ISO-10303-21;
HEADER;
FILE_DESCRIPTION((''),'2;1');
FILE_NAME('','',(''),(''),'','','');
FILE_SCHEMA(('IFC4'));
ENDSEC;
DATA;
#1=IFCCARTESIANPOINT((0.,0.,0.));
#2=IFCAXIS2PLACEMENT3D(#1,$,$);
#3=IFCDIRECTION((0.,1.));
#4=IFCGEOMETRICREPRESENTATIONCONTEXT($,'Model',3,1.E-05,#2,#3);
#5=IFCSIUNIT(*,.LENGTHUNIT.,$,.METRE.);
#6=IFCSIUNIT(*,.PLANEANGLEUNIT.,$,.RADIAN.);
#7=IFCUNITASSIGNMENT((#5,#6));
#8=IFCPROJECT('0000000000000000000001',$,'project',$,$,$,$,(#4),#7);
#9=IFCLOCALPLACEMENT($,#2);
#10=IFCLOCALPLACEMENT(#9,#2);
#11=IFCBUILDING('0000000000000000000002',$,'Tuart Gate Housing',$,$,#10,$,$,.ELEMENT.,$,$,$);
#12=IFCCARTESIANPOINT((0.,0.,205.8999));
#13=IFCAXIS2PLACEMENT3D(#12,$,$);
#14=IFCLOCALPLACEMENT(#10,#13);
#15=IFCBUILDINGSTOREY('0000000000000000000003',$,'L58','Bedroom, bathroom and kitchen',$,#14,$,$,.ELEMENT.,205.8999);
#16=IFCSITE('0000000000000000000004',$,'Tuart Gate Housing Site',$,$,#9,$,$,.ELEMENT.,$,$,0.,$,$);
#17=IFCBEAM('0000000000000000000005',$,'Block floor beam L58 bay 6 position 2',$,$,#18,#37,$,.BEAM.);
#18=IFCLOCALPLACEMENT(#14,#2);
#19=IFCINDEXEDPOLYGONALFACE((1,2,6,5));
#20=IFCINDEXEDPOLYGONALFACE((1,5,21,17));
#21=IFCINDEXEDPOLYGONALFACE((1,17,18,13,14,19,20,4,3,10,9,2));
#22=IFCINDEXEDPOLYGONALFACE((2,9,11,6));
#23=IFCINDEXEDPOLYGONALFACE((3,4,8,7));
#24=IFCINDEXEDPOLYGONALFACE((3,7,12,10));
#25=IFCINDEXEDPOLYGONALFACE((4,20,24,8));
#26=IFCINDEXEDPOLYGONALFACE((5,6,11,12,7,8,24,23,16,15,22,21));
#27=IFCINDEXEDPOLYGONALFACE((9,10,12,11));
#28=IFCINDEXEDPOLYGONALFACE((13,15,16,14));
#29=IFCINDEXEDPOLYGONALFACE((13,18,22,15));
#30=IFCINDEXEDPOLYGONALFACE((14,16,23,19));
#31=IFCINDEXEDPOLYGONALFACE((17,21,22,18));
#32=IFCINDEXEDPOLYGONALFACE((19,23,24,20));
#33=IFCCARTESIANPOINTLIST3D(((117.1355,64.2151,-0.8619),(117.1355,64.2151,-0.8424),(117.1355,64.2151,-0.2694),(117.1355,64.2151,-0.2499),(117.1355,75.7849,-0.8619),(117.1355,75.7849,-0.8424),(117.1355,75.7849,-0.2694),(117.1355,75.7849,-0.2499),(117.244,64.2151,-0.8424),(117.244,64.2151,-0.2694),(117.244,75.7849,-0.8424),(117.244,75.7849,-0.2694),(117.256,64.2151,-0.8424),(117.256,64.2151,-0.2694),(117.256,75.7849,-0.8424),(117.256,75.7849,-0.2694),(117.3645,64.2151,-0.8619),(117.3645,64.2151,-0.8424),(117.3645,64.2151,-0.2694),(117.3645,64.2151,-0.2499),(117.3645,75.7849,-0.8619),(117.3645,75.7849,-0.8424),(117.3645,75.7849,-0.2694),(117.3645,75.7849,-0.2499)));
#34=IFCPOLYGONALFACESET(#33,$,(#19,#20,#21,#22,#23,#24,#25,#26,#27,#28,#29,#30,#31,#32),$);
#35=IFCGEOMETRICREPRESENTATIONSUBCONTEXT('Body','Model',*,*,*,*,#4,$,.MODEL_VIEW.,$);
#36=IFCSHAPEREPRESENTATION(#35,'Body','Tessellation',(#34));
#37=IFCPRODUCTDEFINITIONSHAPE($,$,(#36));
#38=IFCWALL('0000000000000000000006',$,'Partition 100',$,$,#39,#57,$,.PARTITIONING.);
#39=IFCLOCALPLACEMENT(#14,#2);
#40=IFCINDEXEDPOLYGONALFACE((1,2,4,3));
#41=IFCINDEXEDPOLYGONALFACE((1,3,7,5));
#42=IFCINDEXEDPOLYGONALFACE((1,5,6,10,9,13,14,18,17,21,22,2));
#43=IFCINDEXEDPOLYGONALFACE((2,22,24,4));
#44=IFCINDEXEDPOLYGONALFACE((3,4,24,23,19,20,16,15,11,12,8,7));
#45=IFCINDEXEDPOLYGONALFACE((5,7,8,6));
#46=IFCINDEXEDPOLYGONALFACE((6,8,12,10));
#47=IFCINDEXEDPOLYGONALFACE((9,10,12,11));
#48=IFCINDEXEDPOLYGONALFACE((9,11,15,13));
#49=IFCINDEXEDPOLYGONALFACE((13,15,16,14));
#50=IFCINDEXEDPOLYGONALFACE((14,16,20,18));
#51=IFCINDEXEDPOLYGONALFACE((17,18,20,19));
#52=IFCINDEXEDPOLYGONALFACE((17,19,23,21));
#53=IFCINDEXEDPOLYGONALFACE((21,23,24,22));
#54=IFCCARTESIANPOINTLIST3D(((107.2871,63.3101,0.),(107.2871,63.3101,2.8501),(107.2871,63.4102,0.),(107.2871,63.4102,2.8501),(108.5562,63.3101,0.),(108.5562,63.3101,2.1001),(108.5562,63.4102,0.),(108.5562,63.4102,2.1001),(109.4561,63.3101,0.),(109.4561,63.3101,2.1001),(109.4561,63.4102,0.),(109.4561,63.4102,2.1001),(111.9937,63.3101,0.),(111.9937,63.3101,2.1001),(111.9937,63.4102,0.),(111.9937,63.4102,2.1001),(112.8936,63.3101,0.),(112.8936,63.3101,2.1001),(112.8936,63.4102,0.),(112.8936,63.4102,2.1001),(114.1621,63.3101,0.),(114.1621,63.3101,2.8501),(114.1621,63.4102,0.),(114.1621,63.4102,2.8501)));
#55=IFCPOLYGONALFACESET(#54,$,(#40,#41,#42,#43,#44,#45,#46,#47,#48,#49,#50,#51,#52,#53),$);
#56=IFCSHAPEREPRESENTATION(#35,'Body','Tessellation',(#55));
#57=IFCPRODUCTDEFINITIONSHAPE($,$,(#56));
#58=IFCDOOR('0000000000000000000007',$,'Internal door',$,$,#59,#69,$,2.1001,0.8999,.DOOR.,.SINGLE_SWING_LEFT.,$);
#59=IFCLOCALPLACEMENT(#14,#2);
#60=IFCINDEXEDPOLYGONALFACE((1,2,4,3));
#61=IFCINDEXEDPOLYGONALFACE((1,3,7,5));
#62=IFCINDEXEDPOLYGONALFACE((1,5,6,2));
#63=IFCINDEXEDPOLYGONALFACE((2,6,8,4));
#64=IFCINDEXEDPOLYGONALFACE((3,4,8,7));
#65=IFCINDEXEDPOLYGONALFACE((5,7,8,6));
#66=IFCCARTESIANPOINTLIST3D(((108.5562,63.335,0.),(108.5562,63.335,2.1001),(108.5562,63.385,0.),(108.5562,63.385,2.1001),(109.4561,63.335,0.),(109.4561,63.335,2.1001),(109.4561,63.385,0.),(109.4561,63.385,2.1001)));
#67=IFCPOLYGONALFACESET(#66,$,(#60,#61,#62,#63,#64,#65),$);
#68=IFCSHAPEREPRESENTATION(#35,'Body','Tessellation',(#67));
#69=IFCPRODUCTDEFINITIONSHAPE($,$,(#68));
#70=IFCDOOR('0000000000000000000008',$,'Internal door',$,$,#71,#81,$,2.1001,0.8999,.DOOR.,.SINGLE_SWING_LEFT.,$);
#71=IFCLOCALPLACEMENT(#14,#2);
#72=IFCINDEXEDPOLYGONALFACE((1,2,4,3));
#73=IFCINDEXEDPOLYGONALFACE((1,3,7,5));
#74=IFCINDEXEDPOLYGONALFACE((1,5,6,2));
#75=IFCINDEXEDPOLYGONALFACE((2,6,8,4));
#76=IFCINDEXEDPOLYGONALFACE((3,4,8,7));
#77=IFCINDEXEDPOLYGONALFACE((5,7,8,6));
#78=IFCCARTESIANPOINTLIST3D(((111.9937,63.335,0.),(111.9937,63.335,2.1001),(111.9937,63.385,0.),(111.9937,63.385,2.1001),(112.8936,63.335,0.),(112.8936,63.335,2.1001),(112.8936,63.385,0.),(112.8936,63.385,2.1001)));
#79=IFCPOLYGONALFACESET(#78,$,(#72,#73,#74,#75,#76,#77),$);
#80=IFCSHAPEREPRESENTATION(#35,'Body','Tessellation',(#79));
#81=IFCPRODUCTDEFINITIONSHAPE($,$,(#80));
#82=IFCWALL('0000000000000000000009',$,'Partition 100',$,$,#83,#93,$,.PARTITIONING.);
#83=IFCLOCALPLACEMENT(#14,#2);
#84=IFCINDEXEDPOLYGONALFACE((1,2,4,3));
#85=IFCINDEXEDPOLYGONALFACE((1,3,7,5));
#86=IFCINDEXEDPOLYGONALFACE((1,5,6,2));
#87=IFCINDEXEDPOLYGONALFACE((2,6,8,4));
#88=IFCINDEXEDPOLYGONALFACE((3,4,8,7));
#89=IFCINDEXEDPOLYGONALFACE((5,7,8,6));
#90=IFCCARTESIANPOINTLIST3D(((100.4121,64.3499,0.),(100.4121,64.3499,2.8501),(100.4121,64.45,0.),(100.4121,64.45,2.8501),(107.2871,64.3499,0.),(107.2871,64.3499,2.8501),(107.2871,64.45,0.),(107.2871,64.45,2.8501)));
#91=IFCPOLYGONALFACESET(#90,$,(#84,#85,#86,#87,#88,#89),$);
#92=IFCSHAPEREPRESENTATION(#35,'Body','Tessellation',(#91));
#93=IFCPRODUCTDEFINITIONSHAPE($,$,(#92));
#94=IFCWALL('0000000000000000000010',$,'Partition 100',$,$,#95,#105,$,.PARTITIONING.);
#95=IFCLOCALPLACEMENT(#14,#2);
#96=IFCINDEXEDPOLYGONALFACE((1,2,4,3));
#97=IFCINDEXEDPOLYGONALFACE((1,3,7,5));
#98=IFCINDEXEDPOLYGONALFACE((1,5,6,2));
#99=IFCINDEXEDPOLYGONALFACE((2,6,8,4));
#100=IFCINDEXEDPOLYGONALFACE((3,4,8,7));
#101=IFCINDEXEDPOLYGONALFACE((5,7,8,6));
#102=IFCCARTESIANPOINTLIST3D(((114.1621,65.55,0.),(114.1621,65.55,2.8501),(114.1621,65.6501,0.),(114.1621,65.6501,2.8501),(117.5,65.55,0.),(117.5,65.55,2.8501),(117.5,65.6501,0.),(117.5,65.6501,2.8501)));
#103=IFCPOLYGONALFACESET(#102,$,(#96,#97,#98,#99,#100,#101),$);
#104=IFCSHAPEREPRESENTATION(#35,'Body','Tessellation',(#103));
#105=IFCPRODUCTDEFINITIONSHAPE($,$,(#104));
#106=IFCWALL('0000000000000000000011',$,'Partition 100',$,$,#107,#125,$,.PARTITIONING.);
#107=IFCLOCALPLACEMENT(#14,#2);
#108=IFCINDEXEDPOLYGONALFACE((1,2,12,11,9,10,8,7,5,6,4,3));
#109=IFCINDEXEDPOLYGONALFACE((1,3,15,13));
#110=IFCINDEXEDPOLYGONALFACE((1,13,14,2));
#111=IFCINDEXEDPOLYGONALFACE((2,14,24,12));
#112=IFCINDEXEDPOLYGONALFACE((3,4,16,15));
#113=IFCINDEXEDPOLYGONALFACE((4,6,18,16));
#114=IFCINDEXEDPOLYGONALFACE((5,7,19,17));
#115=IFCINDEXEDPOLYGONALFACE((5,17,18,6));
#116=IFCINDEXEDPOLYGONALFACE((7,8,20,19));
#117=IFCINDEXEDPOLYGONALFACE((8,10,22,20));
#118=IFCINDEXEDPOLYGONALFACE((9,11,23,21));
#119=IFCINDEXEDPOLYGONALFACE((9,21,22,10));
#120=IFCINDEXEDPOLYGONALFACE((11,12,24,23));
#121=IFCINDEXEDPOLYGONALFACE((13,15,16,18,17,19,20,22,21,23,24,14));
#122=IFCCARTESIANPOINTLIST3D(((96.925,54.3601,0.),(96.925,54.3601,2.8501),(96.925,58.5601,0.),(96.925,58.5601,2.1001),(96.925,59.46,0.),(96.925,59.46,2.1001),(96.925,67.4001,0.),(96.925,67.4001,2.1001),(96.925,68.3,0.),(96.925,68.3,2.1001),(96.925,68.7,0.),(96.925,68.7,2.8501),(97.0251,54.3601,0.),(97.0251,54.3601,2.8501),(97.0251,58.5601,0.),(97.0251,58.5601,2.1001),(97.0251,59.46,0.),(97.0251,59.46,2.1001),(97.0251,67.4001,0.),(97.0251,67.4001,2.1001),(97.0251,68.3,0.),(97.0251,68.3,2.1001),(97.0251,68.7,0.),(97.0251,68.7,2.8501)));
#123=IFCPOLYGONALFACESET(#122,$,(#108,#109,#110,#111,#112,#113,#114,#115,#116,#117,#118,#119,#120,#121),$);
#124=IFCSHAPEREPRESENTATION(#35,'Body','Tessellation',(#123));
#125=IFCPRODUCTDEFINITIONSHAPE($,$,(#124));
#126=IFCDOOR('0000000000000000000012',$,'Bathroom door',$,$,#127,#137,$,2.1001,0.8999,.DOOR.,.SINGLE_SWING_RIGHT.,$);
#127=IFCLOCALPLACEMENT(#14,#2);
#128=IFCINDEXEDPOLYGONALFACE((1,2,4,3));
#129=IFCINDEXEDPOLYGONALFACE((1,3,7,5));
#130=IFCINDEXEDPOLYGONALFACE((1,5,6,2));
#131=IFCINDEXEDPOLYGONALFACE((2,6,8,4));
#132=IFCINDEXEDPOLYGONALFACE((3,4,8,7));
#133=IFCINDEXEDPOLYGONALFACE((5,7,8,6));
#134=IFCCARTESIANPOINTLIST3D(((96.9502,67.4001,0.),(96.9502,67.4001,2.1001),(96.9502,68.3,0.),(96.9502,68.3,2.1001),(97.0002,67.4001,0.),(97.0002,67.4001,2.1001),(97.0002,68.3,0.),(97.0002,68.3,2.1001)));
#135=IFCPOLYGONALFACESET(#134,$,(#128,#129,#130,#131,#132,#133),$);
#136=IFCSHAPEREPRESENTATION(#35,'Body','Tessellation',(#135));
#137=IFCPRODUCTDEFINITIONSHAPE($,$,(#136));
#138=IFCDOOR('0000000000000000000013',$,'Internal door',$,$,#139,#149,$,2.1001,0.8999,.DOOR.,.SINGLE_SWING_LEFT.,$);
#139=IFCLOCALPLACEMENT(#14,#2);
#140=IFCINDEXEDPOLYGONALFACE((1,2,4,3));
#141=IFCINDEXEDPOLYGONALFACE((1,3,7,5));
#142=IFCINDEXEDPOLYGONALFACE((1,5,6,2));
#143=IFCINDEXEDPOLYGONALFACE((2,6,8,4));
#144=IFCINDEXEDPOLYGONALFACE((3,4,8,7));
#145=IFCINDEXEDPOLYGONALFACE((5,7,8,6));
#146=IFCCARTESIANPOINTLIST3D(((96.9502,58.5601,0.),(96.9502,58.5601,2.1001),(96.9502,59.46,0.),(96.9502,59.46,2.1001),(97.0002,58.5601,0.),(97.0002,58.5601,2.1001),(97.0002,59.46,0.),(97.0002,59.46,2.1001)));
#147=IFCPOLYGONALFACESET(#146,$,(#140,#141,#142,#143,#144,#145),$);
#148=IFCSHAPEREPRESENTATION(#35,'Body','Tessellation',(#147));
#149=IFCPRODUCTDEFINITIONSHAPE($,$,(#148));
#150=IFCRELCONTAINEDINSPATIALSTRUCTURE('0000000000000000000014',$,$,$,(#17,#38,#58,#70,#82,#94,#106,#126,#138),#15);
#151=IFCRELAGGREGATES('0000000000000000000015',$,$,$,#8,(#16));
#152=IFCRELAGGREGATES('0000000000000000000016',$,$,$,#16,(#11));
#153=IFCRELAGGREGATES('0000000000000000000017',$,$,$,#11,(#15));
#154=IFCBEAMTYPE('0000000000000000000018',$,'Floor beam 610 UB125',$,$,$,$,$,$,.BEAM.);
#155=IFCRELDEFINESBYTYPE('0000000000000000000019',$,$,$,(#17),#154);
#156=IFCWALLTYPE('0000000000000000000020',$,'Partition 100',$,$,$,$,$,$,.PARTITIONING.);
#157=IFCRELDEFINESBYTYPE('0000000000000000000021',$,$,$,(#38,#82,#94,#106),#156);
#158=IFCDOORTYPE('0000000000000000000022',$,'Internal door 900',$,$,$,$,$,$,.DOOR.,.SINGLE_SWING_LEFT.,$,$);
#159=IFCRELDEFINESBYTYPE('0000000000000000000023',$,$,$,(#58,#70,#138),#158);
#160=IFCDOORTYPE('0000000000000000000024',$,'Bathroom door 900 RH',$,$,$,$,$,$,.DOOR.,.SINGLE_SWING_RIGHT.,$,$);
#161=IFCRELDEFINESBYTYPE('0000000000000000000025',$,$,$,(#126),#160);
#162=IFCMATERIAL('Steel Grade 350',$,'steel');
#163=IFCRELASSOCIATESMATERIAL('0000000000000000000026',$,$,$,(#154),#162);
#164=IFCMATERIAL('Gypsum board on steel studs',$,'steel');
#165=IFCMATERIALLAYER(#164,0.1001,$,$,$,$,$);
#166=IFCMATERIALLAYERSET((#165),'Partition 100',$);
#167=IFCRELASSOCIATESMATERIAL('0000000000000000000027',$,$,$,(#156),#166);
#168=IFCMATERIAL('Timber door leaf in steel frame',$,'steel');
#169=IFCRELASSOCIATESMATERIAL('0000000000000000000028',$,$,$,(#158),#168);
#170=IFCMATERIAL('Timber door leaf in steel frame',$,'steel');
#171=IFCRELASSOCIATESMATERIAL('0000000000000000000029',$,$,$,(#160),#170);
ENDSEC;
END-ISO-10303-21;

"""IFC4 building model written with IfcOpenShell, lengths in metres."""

from ifc_helpers import new_model, si_unit, direction, frame, frame_2d, origin, origin_2d, place, context, subcontext, project, spatial, rectangle, i_section, extrude, material, layer, layer_set, material_profile, profile_set, type_object, element, fill, save


model = new_model("IFC4")

# Units and contexts
model_context = context("Model", 3, precision=1e-05, world=origin(), true_north=direction((0.0, 1.0)))
body_context = subcontext(model_context, "Body", "Model", "MODEL_VIEW")
ifc_project = project(units=[si_unit("LENGTHUNIT", "METRE"), si_unit("PLANEANGLEUNIT", "RADIAN")], contexts=[model_context])

# Site, building, storey
site_placement = place(None, origin())
site = spatial("IfcSite", under=ifc_project, at=site_placement, Name="Tuart Gate Housing Site", CompositionType="ELEMENT", RefElevation=0.0)
building_placement = place(site_placement, origin())
building = spatial("IfcBuilding", under=site, at=building_placement, Name="Tuart Gate Housing", CompositionType="ELEMENT")
storey_placement = place(building_placement, frame((0.0, 0.0, 205.8999)))
storey = spatial("IfcBuildingStorey", under=building, at=storey_placement, Name="L58", Description="Bedroom, bathroom and kitchen", CompositionType="ELEMENT", Elevation=205.8999)

# Beam
ifc_material_1 = material(Name="Steel Grade 350", Category="steel")
ifc_material_profile_1 = material_profile(ifc_material_1, i_section(OverallWidth=0.229, OverallDepth=0.6121, WebThickness=0.012, FlangeThickness=0.0195, at=origin_2d()), Name="610UB125")
ifc_profile_set_1 = profile_set([ifc_material_profile_1], Name="Steel Grade 350")
beam_type_1 = type_object("IfcBeamType", Name="Floor beam 610 UB125", PredefinedType="BEAM", material=ifc_profile_set_1)
for number, where, z_axis, x_axis, name in (
    (1, (117.25, 64.2151, -0.5559), (0.0, 1.0, 0.0), (-1.0, 0.0, 0.0), "Block floor beam L58 bay 6 position 2"),
):
    element("IfcBeam", number, at=place(storey_placement, frame(where, z_axis=z_axis, x_axis=x_axis)), inside=storey, type_object=beam_type_1, Name=name, PredefinedType="BEAM", context=body_context, shape_type="SweptSolid", body=[
        extrude(i_section(OverallWidth=0.229, OverallDepth=0.6121, WebThickness=0.012, FlangeThickness=0.0195, at=origin_2d()), origin(), (0.0, 0.0, 1.0), 11.5698),
    ])

# Wall, openings, doors
ifc_material_2 = material(Name="Gypsum board on steel studs", Category="steel")
ifc_layer_1 = layer(ifc_material_2, 0.1001)
ifc_layer_set_1 = layer_set([ifc_layer_1], Name="Partition 100")
wall_type_1 = type_object("IfcWallType", Name="Partition 100", PredefinedType="PARTITIONING", material=ifc_layer_set_1)
wall_1_placement = place(storey_placement, frame((107.2871, 63.3601, 0.0), z_axis=(0.0, 0.0, 1.0), x_axis=(1.0, 0.0, 0.0)))
wall_1 = element("IfcWall", 2, at=wall_1_placement, inside=storey, type_object=wall_type_1, Name="Partition 100", PredefinedType="PARTITIONING", context=body_context, shape_type="SweptSolid", body=[
    extrude(rectangle(XDim=6.875, YDim=0.1001, at=frame_2d((3.4375, 0.0))), origin(), (0.0, 0.0, 1.0), 2.8501),
])
opening_1_placement = place(wall_1_placement, frame((1.269, 0.0, 0.0)))
opening_1 = element("IfcOpeningElement", 3, at=opening_1_placement, cuts=wall_1, PredefinedType="OPENING", context=body_context, shape_type="SweptSolid", body=[
    extrude(rectangle(XDim=0.8999, YDim=2.1001, at=frame_2d((0.45, 1.05))), frame((0.0, 0.0601, 0.0), z_axis=(0.0, -1.0, 0.0), x_axis=(1.0, 0.0, 0.0)), (0.0, 0.0, 1.0), 0.1201),
])
opening_2_placement = place(wall_1_placement, frame((4.7065, 0.0, 0.0)))
opening_2 = element("IfcOpeningElement", 4, at=opening_2_placement, cuts=wall_1, PredefinedType="OPENING", context=body_context, shape_type="SweptSolid", body=[
    extrude(rectangle(XDim=0.8999, YDim=2.1001, at=frame_2d((0.45, 1.05))), frame((0.0, 0.0601, 0.0), z_axis=(0.0, -1.0, 0.0), x_axis=(1.0, 0.0, 0.0)), (0.0, 0.0, 1.0), 0.1201),
])
ifc_material_3 = material(Name="Timber door leaf in steel frame", Category="steel")
door_type_1 = type_object("IfcDoorType", Name="Internal door 900", OperationType="SINGLE_SWING_LEFT", PredefinedType="DOOR", material=ifc_material_3)
door_1_placement = place(opening_1_placement, origin())
door_1 = element("IfcDoor", 5, at=door_1_placement, inside=storey, type_object=door_type_1, Name="Internal door", OperationType="SINGLE_SWING_LEFT", OverallHeight=2.1001, OverallWidth=0.8999, PredefinedType="DOOR", context=body_context, shape_type="SweptSolid", body=[
    extrude(rectangle(XDim=0.8999, YDim=2.1001, at=frame_2d((0.45, 1.05))), frame((0.0, 0.0249, 0.0), z_axis=(0.0, -1.0, 0.0), x_axis=(1.0, 0.0, 0.0)), (0.0, 0.0, 1.0), 0.05),
])
fill(opening_1, door_1)
door_2_placement = place(opening_2_placement, origin())
door_2 = element("IfcDoor", 6, at=door_2_placement, inside=storey, type_object=door_type_1, Name="Internal door", OperationType="SINGLE_SWING_LEFT", OverallHeight=2.1001, OverallWidth=0.8999, PredefinedType="DOOR", context=body_context, shape_type="SweptSolid", body=[
    extrude(rectangle(XDim=0.8999, YDim=2.1001, at=frame_2d((0.45, 1.05))), frame((0.0, 0.0249, 0.0), z_axis=(0.0, -1.0, 0.0), x_axis=(1.0, 0.0, 0.0)), (0.0, 0.0, 1.0), 0.05),
])
fill(opening_2, door_2)

# Walls
wall_2_placement = place(storey_placement, frame((100.4121, 64.3999, 0.0), z_axis=(0.0, 0.0, 1.0), x_axis=(1.0, 0.0, 0.0)))
element("IfcWall", 7, at=wall_2_placement, inside=storey, type_object=wall_type_1, Name="Partition 100", PredefinedType="PARTITIONING", context=body_context, shape_type="SweptSolid", body=[
    extrude(rectangle(XDim=6.875, YDim=0.1001, at=frame_2d((3.4375, 0.0))), origin(), (0.0, 0.0, 1.0), 2.8501),
])
wall_3_placement = place(storey_placement, frame((114.1621, 65.6001, 0.0), z_axis=(0.0, 0.0, 1.0), x_axis=(1.0, 0.0, 0.0)))
element("IfcWall", 8, at=wall_3_placement, inside=storey, type_object=wall_type_1, Name="Partition 100", PredefinedType="PARTITIONING", context=body_context, shape_type="SweptSolid", body=[
    extrude(rectangle(XDim=3.3379, YDim=0.1001, at=frame_2d((1.6689, 0.0))), origin(), (0.0, 0.0, 1.0), 2.8501),
])

# Wall, openings, doors
wall_4_placement = place(storey_placement, frame((96.9751, 54.3601, 0.0), z_axis=(0.0, 0.0, 1.0), x_axis=(0.0, 1.0, 0.0)))
wall_4 = element("IfcWall", 9, at=wall_4_placement, inside=storey, type_object=wall_type_1, Name="Partition 100", PredefinedType="PARTITIONING", context=body_context, shape_type="SweptSolid", body=[
    extrude(rectangle(XDim=14.3398, YDim=0.1001, at=frame_2d((7.1699, 0.0))), origin(), (0.0, 0.0, 1.0), 2.8501),
])
opening_3_placement = place(wall_4_placement, frame((4.2, 0.0, 0.0)))
opening_3 = element("IfcOpeningElement", 10, at=opening_3_placement, cuts=wall_4, PredefinedType="OPENING", context=body_context, shape_type="SweptSolid", body=[
    extrude(rectangle(XDim=0.8999, YDim=2.1001, at=frame_2d((0.45, 1.05))), frame((0.0, 0.0601, 0.0), z_axis=(0.0, -1.0, 0.0), x_axis=(1.0, 0.0, 0.0)), (0.0, 0.0, 1.0), 0.1201),
])
opening_4_placement = place(wall_4_placement, frame((13.04, 0.0, 0.0)))
opening_4 = element("IfcOpeningElement", 11, at=opening_4_placement, cuts=wall_4, PredefinedType="OPENING", context=body_context, shape_type="SweptSolid", body=[
    extrude(rectangle(XDim=0.8999, YDim=2.1001, at=frame_2d((0.45, 1.05))), frame((0.0, 0.0601, 0.0), z_axis=(0.0, -1.0, 0.0), x_axis=(1.0, 0.0, 0.0)), (0.0, 0.0, 1.0), 0.1201),
])
ifc_material_4 = material(Name="Timber door leaf in steel frame", Category="steel")
door_type_2 = type_object("IfcDoorType", Name="Bathroom door 900 RH", OperationType="SINGLE_SWING_RIGHT", PredefinedType="DOOR", material=ifc_material_4)
door_3_placement = place(opening_4_placement, origin())
door_3 = element("IfcDoor", 12, at=door_3_placement, inside=storey, type_object=door_type_2, Name="Bathroom door", OperationType="SINGLE_SWING_RIGHT", OverallHeight=2.1001, OverallWidth=0.8999, PredefinedType="DOOR", context=body_context, shape_type="SweptSolid", body=[
    extrude(rectangle(XDim=0.8999, YDim=2.1001, at=frame_2d((0.45, 1.05))), frame((0.0, 0.0249, 0.0), z_axis=(0.0, -1.0, 0.0), x_axis=(1.0, 0.0, 0.0)), (0.0, 0.0, 1.0), 0.05),
])
fill(opening_4, door_3)
door_4_placement = place(opening_3_placement, origin())
door_4 = element("IfcDoor", 13, at=door_4_placement, inside=storey, type_object=door_type_1, Name="Internal door", OperationType="SINGLE_SWING_LEFT", OverallHeight=2.1001, OverallWidth=0.8999, PredefinedType="DOOR", context=body_context, shape_type="SweptSolid", body=[
    extrude(rectangle(XDim=0.8999, YDim=2.1001, at=frame_2d((0.45, 1.05))), frame((0.0, 0.0249, 0.0), z_axis=(0.0, -1.0, 0.0), x_axis=(1.0, 0.0, 0.0)), (0.0, 0.0, 1.0), 0.05),
])
fill(opening_3, door_4)

save(model, "model.ifc")
